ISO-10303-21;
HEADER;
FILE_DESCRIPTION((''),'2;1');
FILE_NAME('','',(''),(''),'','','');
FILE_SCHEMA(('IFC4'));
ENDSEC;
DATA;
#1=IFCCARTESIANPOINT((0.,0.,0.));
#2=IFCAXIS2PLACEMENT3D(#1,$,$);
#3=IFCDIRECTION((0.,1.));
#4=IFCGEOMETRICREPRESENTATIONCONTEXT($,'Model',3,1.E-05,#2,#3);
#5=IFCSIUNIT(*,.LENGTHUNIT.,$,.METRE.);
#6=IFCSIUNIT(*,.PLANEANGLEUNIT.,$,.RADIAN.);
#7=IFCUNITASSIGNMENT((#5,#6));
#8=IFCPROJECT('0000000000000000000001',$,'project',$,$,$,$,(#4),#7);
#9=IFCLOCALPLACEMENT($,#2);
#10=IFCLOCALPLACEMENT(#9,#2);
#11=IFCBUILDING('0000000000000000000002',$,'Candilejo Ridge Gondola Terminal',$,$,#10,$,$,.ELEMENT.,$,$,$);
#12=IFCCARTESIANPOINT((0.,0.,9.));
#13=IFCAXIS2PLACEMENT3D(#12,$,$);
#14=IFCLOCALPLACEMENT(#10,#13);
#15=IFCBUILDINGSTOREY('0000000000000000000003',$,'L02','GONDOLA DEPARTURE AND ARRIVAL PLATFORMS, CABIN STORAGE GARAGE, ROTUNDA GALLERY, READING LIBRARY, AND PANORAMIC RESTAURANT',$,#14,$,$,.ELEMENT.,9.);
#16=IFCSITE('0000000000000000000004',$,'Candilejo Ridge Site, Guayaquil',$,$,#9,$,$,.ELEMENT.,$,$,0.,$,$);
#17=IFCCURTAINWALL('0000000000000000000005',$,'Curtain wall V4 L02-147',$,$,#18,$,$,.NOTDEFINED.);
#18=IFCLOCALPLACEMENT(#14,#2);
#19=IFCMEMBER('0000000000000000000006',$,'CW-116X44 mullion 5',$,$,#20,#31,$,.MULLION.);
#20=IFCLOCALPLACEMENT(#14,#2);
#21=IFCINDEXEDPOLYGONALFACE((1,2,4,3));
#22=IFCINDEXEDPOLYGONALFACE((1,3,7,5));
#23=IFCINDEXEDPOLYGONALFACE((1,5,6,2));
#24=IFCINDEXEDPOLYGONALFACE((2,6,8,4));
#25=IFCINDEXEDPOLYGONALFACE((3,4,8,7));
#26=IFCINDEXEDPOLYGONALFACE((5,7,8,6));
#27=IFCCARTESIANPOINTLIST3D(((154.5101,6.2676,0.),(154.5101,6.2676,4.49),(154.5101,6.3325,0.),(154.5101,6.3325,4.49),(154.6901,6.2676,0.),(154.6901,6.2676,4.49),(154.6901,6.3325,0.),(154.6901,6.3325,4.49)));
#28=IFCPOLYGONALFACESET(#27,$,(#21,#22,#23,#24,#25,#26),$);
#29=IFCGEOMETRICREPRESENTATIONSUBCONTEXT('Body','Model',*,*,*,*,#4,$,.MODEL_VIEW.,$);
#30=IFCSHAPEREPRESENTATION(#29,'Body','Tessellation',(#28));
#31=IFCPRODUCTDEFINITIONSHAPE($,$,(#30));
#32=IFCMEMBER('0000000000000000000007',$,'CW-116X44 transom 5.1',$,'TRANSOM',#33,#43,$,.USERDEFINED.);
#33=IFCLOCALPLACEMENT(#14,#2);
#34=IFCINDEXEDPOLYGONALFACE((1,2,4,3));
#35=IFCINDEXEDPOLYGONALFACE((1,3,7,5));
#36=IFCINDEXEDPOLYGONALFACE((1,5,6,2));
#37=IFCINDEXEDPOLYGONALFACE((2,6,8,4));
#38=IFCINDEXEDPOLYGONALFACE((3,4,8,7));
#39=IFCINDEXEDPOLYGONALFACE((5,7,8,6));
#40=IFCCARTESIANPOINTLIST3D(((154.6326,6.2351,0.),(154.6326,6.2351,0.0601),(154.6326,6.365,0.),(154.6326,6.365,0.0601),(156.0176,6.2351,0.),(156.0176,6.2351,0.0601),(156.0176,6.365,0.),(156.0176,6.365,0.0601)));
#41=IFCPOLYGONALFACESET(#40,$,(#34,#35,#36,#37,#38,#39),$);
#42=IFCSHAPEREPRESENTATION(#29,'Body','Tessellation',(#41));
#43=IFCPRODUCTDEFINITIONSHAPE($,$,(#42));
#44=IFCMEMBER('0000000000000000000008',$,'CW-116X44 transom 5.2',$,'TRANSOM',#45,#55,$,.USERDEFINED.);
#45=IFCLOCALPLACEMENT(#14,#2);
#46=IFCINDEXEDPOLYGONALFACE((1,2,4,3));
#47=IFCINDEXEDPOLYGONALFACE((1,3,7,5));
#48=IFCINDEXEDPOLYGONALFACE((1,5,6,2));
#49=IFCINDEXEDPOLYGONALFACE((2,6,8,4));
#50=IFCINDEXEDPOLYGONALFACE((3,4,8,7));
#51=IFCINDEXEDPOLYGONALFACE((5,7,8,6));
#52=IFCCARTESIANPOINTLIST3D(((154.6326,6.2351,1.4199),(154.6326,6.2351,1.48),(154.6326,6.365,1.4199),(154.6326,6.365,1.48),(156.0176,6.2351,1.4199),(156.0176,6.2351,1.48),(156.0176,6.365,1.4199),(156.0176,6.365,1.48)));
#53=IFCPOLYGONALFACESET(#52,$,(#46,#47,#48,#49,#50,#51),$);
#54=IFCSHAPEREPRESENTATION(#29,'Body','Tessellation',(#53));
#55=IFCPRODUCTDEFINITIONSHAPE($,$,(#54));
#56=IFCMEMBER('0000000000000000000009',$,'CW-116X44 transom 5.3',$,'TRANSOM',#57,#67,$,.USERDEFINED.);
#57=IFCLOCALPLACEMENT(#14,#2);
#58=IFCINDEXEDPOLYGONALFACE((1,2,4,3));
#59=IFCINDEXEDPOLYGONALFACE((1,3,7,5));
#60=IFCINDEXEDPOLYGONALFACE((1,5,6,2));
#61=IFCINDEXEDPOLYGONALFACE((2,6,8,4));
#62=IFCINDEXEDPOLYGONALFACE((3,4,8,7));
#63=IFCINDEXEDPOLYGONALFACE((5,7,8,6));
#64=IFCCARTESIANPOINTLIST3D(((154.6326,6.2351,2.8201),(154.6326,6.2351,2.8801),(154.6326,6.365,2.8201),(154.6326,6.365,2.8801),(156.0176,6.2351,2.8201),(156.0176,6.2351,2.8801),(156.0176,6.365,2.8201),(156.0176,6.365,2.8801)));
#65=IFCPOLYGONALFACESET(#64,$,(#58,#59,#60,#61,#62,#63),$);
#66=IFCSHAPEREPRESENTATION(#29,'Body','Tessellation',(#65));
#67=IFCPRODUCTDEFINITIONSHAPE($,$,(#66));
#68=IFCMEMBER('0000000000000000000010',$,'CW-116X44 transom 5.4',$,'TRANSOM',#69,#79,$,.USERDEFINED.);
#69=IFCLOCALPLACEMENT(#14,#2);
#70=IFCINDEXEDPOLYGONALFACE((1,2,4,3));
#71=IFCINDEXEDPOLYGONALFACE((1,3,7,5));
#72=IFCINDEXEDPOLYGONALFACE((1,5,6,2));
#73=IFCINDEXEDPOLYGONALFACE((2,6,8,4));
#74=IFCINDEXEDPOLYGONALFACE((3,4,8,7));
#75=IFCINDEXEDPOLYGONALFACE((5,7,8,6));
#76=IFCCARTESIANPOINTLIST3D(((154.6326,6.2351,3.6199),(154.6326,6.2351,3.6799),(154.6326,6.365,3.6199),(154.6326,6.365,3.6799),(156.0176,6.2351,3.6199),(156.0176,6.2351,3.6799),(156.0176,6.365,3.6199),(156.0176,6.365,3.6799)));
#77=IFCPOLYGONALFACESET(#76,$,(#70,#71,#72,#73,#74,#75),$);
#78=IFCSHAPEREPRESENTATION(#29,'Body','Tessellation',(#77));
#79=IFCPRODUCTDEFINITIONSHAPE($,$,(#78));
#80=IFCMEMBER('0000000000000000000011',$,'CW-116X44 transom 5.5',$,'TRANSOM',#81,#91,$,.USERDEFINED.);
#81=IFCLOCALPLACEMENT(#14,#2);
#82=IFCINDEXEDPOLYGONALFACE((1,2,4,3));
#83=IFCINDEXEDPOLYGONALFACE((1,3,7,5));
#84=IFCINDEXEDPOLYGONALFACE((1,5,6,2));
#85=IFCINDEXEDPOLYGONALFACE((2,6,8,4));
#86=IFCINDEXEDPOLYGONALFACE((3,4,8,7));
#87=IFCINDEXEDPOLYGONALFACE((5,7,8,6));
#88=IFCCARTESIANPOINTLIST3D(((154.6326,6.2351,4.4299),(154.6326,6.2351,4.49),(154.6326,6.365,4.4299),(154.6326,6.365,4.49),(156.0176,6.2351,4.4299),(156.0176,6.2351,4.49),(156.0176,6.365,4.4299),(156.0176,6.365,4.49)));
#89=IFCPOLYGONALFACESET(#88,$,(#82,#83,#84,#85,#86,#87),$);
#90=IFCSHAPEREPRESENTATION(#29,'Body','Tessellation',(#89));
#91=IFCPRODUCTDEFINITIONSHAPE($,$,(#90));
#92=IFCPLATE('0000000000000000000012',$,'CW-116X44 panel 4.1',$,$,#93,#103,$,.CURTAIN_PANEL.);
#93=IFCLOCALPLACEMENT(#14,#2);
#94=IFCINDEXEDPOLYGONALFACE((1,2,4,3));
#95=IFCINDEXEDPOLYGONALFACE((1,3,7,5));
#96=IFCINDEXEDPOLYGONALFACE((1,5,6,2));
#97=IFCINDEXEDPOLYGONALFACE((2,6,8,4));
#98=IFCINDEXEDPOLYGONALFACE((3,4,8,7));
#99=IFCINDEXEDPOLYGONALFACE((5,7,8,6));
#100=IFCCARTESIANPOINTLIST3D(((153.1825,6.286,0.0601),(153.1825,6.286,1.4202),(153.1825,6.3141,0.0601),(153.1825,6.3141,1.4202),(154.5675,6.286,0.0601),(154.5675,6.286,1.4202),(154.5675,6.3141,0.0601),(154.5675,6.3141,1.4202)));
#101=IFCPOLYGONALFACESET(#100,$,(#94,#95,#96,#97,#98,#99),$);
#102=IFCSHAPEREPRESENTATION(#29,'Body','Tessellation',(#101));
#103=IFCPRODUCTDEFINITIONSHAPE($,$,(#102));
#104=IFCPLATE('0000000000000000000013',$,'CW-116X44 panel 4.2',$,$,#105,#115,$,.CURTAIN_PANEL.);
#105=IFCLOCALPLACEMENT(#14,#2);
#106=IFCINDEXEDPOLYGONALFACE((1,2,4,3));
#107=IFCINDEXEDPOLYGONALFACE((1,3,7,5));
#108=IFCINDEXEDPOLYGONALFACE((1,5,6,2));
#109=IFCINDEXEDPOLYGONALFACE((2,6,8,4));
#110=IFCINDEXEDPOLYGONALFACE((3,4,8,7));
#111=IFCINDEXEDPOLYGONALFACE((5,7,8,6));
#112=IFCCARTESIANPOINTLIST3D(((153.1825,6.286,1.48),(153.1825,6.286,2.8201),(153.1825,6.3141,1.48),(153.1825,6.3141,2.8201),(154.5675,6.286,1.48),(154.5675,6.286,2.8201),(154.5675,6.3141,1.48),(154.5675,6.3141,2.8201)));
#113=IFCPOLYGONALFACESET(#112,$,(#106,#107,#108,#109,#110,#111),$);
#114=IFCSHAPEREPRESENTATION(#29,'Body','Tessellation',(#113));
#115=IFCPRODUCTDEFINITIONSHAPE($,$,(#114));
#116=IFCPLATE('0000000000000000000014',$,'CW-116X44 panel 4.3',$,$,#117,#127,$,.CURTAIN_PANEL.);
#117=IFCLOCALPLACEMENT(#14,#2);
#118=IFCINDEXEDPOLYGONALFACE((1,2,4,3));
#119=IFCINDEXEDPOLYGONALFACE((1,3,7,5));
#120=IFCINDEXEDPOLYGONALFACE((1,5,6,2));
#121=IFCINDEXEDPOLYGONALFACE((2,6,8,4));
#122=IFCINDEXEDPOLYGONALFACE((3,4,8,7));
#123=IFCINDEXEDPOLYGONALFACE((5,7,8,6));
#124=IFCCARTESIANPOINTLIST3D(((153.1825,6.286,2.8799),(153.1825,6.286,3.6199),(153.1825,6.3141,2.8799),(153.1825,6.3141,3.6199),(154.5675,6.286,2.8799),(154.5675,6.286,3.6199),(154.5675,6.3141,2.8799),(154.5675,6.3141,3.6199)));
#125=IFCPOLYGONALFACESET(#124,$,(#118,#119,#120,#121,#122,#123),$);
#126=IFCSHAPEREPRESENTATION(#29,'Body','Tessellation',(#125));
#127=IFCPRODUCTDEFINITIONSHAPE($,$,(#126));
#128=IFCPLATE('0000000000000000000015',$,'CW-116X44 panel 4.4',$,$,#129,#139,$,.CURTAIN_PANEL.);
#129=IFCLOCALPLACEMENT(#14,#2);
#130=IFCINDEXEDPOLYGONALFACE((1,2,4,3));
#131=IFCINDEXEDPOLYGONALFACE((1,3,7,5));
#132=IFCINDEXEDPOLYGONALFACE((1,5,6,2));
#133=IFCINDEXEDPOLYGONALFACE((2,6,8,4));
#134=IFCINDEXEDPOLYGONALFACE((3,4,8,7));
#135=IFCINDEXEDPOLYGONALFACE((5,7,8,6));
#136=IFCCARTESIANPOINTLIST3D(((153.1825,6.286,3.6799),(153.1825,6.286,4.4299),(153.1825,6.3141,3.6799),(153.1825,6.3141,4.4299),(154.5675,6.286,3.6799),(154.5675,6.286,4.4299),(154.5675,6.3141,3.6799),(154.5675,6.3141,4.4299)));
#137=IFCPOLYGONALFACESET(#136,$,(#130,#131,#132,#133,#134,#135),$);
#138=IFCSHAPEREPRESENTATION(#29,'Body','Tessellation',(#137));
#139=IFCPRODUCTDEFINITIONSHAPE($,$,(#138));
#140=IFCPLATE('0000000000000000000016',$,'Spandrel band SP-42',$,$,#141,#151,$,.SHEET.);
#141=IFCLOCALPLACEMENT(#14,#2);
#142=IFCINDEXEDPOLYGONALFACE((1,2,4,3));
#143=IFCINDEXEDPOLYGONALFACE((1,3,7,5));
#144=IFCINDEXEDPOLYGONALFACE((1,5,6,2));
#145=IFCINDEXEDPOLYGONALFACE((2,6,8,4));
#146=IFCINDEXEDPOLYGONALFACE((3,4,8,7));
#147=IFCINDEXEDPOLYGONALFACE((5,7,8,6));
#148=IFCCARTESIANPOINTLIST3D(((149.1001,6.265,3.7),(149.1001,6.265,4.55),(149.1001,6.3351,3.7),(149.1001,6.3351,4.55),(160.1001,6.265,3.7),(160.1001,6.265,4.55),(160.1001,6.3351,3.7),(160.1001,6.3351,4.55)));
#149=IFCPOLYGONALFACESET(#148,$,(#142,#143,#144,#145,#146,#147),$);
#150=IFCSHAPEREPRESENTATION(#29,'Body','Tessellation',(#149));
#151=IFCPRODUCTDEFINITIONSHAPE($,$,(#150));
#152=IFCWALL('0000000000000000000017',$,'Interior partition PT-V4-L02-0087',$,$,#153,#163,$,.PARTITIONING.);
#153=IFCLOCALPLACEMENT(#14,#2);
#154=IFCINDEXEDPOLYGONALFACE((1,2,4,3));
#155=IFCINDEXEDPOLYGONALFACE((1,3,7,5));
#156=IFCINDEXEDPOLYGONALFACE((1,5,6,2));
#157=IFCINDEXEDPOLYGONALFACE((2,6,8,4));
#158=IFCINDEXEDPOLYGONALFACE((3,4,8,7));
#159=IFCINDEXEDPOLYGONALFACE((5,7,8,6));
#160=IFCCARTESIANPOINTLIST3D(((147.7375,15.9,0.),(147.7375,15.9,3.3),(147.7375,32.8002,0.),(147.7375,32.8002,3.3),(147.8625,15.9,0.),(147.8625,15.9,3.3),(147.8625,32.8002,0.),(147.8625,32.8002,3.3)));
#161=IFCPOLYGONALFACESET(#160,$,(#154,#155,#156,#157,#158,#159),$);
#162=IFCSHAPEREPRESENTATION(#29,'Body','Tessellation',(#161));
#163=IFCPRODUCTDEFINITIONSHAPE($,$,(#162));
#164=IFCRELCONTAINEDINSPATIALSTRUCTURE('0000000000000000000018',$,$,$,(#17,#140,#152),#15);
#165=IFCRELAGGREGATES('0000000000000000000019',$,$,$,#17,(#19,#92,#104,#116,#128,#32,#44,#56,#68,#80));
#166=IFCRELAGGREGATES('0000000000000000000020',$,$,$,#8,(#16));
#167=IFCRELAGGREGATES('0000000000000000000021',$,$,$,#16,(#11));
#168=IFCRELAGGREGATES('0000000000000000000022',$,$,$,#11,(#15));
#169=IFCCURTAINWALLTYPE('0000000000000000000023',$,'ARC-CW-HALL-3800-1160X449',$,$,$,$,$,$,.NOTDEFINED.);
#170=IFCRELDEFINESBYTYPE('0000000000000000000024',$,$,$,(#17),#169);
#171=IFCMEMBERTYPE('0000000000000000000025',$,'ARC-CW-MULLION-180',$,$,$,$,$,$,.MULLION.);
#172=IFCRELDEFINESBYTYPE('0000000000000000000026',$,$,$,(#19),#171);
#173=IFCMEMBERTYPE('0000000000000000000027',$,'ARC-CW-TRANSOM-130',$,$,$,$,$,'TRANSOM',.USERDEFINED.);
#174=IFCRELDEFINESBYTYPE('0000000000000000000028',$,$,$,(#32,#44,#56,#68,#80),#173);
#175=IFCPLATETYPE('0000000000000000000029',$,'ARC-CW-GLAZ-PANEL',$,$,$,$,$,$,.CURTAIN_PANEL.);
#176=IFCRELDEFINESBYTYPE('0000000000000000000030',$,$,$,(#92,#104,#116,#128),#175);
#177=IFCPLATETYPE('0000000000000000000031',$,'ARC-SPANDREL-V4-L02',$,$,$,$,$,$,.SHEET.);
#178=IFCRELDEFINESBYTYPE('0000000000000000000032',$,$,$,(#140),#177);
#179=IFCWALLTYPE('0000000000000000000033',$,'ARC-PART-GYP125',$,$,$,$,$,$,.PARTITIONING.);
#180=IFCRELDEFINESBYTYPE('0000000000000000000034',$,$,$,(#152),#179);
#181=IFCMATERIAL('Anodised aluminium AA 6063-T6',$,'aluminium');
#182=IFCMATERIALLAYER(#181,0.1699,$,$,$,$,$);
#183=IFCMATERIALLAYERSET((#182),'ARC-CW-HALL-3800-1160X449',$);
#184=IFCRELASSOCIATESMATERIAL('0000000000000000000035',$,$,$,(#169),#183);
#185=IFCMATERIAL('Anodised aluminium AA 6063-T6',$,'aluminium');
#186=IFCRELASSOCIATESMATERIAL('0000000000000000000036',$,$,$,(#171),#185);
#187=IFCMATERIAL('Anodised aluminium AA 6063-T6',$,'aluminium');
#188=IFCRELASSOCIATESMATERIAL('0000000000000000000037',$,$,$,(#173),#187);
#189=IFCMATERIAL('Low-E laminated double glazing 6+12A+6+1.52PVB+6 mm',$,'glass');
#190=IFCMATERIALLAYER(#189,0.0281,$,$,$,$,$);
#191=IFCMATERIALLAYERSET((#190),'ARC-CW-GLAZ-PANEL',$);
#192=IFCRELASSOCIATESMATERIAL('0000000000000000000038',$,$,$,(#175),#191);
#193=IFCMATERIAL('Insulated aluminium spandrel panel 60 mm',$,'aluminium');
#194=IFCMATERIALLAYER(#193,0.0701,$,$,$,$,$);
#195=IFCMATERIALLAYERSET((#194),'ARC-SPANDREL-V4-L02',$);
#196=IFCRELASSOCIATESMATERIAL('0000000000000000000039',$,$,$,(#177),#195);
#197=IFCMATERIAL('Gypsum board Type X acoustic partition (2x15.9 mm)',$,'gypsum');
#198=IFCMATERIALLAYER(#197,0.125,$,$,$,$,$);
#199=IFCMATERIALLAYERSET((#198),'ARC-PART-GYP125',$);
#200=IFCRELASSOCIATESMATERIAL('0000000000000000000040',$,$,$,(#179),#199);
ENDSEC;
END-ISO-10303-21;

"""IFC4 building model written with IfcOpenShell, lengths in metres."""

from ifc_helpers import new_model, si_unit, direction, frame, frame_2d, origin, origin_2d, place, context, subcontext, project, spatial, rectangle, extrude, material, layer, layer_set, material_profile, profile_set, type_object, element, aggregate, save


model = new_model("IFC4")

# Units and contexts
model_context = context("Model", 3, precision=1e-05, world=origin(), true_north=direction((0.0, 1.0)))
body_context = subcontext(model_context, "Body", "Model", "MODEL_VIEW")
ifc_project = project(units=[si_unit("LENGTHUNIT", "METRE"), si_unit("PLANEANGLEUNIT", "RADIAN")], contexts=[model_context])

# Site, building, storey
site_placement = place(None, origin())
site = spatial("IfcSite", under=ifc_project, at=site_placement, Name="Candilejo Ridge Site, Guayaquil", CompositionType="ELEMENT", RefElevation=0.0)
building_placement = place(site_placement, origin())
building = spatial("IfcBuilding", under=site, at=building_placement, Name="Candilejo Ridge Gondola Terminal", CompositionType="ELEMENT")
storey_placement = place(building_placement, frame((0.0, 0.0, 9.0)))
storey = spatial("IfcBuildingStorey", under=building, at=storey_placement, Name="L02", Description="GONDOLA DEPARTURE AND ARRIVAL PLATFORMS, CABIN STORAGE GARAGE, ROTUNDA GALLERY, READING LIBRARY, AND PANORAMIC RESTAURANT", CompositionType="ELEMENT", Elevation=9.0)

# Curtain wall, members, plates
ifc_material_1 = material(Name="Anodised aluminium AA 6063-T6", Category="aluminium")
ifc_layer_1 = layer(ifc_material_1, 0.1699)
ifc_layer_set_1 = layer_set([ifc_layer_1], Name="ARC-CW-HALL-3800-1160X449")
curtain_wall_type = type_object("IfcCurtainWallType", Name="ARC-CW-HALL-3800-1160X449", PredefinedType="NOTDEFINED", material=ifc_layer_set_1)
curtain_wall_placement = place(storey_placement, origin())
curtain_wall = element("IfcCurtainWall", 1, at=curtain_wall_placement, inside=storey, type_object=curtain_wall_type, Name="Curtain wall V4 L02-147", PredefinedType="NOTDEFINED")
ifc_material_2 = material(Name="Anodised aluminium AA 6063-T6", Category="aluminium")
ifc_material_profile_1 = material_profile(ifc_material_2, rectangle(XDim=0.0649, YDim=0.1799, at=origin_2d()))
ifc_profile_set_1 = profile_set([ifc_material_profile_1], Name="Anodised aluminium AA 6063-T6")
member_type_1 = type_object("IfcMemberType", Name="ARC-CW-MULLION-180", PredefinedType="MULLION", material=ifc_profile_set_1)
member_1_placement = place(storey_placement, frame((154.6001, 6.3, 0.0), z_axis=(0.0, 0.0, 1.0), x_axis=(0.0, 1.0, 0.0)))
member_1 = element("IfcMember", 2, at=member_1_placement, type_object=member_type_1, Name="CW-116X44 mullion 5", PredefinedType="MULLION", context=body_context, shape_type="SweptSolid", body=[
    extrude(rectangle(XDim=0.0649, YDim=0.1799, at=origin_2d()), origin(), (0.0, 0.0, 1.0), 4.49),
])
ifc_material_3 = material(Name="Anodised aluminium AA 6063-T6", Category="aluminium")
ifc_material_profile_2 = material_profile(ifc_material_3, rectangle(XDim=0.1299, YDim=0.0601, at=origin_2d()))
ifc_profile_set_2 = profile_set([ifc_material_profile_2], Name="Anodised aluminium AA 6063-T6")
member_type_2 = type_object("IfcMemberType", Name="ARC-CW-TRANSOM-130", ElementType="TRANSOM", PredefinedType="USERDEFINED", material=ifc_profile_set_2)
member_2_placement = place(storey_placement, frame((154.6326, 6.3, 0.03), z_axis=(1.0, 0.0, 0.0), x_axis=(0.0, 1.0, 0.0)))
member_2 = element("IfcMember", 3, at=member_2_placement, type_object=member_type_2, Name="CW-116X44 transom 5.1", ObjectType="TRANSOM", PredefinedType="USERDEFINED", context=body_context, shape_type="SweptSolid", body=[
    extrude(rectangle(XDim=0.1299, YDim=0.0601, at=origin_2d()), origin(), (0.0, 0.0, 1.0), 1.385),
])
member_3_placement = place(storey_placement, frame((154.6326, 6.3, 1.45), z_axis=(1.0, 0.0, 0.0), x_axis=(0.0, 1.0, 0.0)))
member_3 = element("IfcMember", 4, at=member_3_placement, type_object=member_type_2, Name="CW-116X44 transom 5.2", ObjectType="TRANSOM", PredefinedType="USERDEFINED", context=body_context, shape_type="SweptSolid", body=[
    extrude(rectangle(XDim=0.1299, YDim=0.0601, at=origin_2d()), origin(), (0.0, 0.0, 1.0), 1.385),
])
member_4_placement = place(storey_placement, frame((154.6326, 6.3, 2.8501), z_axis=(1.0, 0.0, 0.0), x_axis=(0.0, 1.0, 0.0)))
member_4 = element("IfcMember", 5, at=member_4_placement, type_object=member_type_2, Name="CW-116X44 transom 5.3", ObjectType="TRANSOM", PredefinedType="USERDEFINED", context=body_context, shape_type="SweptSolid", body=[
    extrude(rectangle(XDim=0.1299, YDim=0.0601, at=origin_2d()), origin(), (0.0, 0.0, 1.0), 1.385),
])
member_5_placement = place(storey_placement, frame((154.6326, 6.3, 3.6499), z_axis=(1.0, 0.0, 0.0), x_axis=(0.0, 1.0, 0.0)))
member_5 = element("IfcMember", 6, at=member_5_placement, type_object=member_type_2, Name="CW-116X44 transom 5.4", ObjectType="TRANSOM", PredefinedType="USERDEFINED", context=body_context, shape_type="SweptSolid", body=[
    extrude(rectangle(XDim=0.1299, YDim=0.0601, at=origin_2d()), origin(), (0.0, 0.0, 1.0), 1.385),
])
member_6_placement = place(storey_placement, frame((154.6326, 6.3, 4.46), z_axis=(1.0, 0.0, 0.0), x_axis=(0.0, 1.0, 0.0)))
member_6 = element("IfcMember", 7, at=member_6_placement, type_object=member_type_2, Name="CW-116X44 transom 5.5", ObjectType="TRANSOM", PredefinedType="USERDEFINED", context=body_context, shape_type="SweptSolid", body=[
    extrude(rectangle(XDim=0.1299, YDim=0.0601, at=origin_2d()), origin(), (0.0, 0.0, 1.0), 1.385),
])
ifc_material_4 = material(Name="Low-E laminated double glazing 6+12A+6+1.52PVB+6 mm", Category="glass")
ifc_layer_2 = layer(ifc_material_4, 0.0281)
ifc_layer_set_2 = layer_set([ifc_layer_2], Name="ARC-CW-GLAZ-PANEL")
plate_type_1 = type_object("IfcPlateType", Name="ARC-CW-GLAZ-PANEL", PredefinedType="CURTAIN_PANEL", material=ifc_layer_set_2)
plate_1_placement = place(storey_placement, frame((153.875, 6.3, 0.0601), z_axis=(0.0, 0.0, 1.0), x_axis=(1.0, 0.0, 0.0)))
plate_1 = element("IfcPlate", 8, at=plate_1_placement, type_object=plate_type_1, Name="CW-116X44 panel 4.1", PredefinedType="CURTAIN_PANEL", context=body_context, shape_type="SweptSolid", body=[
    extrude(rectangle(XDim=1.385, YDim=0.0281, at=origin_2d()), origin(), (0.0, 0.0, 1.0), 1.3601),
])
plate_2_placement = place(storey_placement, frame((153.875, 6.3, 1.48), z_axis=(0.0, 0.0, 1.0), x_axis=(1.0, 0.0, 0.0)))
plate_2 = element("IfcPlate", 9, at=plate_2_placement, type_object=plate_type_1, Name="CW-116X44 panel 4.2", PredefinedType="CURTAIN_PANEL", context=body_context, shape_type="SweptSolid", body=[
    extrude(rectangle(XDim=1.385, YDim=0.0281, at=origin_2d()), origin(), (0.0, 0.0, 1.0), 1.3401),
])
plate_3_placement = place(storey_placement, frame((153.875, 6.3, 2.8799), z_axis=(0.0, 0.0, 1.0), x_axis=(1.0, 0.0, 0.0)))
plate_3 = element("IfcPlate", 10, at=plate_3_placement, type_object=plate_type_1, Name="CW-116X44 panel 4.3", PredefinedType="CURTAIN_PANEL", context=body_context, shape_type="SweptSolid", body=[
    extrude(rectangle(XDim=1.385, YDim=0.0281, at=origin_2d()), origin(), (0.0, 0.0, 1.0), 0.74),
])
plate_4_placement = place(storey_placement, frame((153.875, 6.3, 3.6799), z_axis=(0.0, 0.0, 1.0), x_axis=(1.0, 0.0, 0.0)))
plate_4 = element("IfcPlate", 11, at=plate_4_placement, type_object=plate_type_1, Name="CW-116X44 panel 4.4", PredefinedType="CURTAIN_PANEL", context=body_context, shape_type="SweptSolid", body=[
    extrude(rectangle(XDim=1.385, YDim=0.0281, at=origin_2d()), origin(), (0.0, 0.0, 1.0), 0.75),
])
aggregate(curtain_wall, [member_1, plate_1, plate_2, plate_3, plate_4, member_2, member_3, member_4, member_5, member_6])

# Plate
ifc_material_5 = material(Name="Insulated aluminium spandrel panel 60 mm", Category="aluminium")
ifc_layer_3 = layer(ifc_material_5, 0.0701)
ifc_layer_set_3 = layer_set([ifc_layer_3], Name="ARC-SPANDREL-V4-L02")
plate_type_2 = type_object("IfcPlateType", Name="ARC-SPANDREL-V4-L02", PredefinedType="SHEET", material=ifc_layer_set_3)
plate_5_placement = place(storey_placement, frame((154.6001, 6.3, 3.7), z_axis=(0.0, 0.0, 1.0), x_axis=(1.0, 0.0, 0.0)))
element("IfcPlate", 12, at=plate_5_placement, inside=storey, type_object=plate_type_2, Name="Spandrel band SP-42", PredefinedType="SHEET", context=body_context, shape_type="SweptSolid", body=[
    extrude(rectangle(XDim=11.0, YDim=0.0701, at=origin_2d()), origin(), (0.0, 0.0, 1.0), 0.8501),
])

# Wall
ifc_material_6 = material(Name="Gypsum board Type X acoustic partition (2x15.9 mm)", Category="gypsum")
ifc_layer_4 = layer(ifc_material_6, 0.125)
ifc_layer_set_4 = layer_set([ifc_layer_4], Name="ARC-PART-GYP125")
wall_type_1 = type_object("IfcWallType", Name="ARC-PART-GYP125", PredefinedType="PARTITIONING", material=ifc_layer_set_4)
wall_1_placement = place(storey_placement, frame((147.8, 15.8999, 0.0), z_axis=(0.0, 0.0, 1.0), x_axis=(0.0, 1.0, 0.0)))
element("IfcWall", 13, at=wall_1_placement, inside=storey, type_object=wall_type_1, Name="Interior partition PT-V4-L02-0087", PredefinedType="PARTITIONING", context=body_context, shape_type="SweptSolid", body=[
    extrude(rectangle(XDim=16.9001, YDim=0.125, at=frame_2d((8.4502, 0.0))), origin(), (0.0, 0.0, 1.0), 3.3),
])

save(model, "model.ifc")
